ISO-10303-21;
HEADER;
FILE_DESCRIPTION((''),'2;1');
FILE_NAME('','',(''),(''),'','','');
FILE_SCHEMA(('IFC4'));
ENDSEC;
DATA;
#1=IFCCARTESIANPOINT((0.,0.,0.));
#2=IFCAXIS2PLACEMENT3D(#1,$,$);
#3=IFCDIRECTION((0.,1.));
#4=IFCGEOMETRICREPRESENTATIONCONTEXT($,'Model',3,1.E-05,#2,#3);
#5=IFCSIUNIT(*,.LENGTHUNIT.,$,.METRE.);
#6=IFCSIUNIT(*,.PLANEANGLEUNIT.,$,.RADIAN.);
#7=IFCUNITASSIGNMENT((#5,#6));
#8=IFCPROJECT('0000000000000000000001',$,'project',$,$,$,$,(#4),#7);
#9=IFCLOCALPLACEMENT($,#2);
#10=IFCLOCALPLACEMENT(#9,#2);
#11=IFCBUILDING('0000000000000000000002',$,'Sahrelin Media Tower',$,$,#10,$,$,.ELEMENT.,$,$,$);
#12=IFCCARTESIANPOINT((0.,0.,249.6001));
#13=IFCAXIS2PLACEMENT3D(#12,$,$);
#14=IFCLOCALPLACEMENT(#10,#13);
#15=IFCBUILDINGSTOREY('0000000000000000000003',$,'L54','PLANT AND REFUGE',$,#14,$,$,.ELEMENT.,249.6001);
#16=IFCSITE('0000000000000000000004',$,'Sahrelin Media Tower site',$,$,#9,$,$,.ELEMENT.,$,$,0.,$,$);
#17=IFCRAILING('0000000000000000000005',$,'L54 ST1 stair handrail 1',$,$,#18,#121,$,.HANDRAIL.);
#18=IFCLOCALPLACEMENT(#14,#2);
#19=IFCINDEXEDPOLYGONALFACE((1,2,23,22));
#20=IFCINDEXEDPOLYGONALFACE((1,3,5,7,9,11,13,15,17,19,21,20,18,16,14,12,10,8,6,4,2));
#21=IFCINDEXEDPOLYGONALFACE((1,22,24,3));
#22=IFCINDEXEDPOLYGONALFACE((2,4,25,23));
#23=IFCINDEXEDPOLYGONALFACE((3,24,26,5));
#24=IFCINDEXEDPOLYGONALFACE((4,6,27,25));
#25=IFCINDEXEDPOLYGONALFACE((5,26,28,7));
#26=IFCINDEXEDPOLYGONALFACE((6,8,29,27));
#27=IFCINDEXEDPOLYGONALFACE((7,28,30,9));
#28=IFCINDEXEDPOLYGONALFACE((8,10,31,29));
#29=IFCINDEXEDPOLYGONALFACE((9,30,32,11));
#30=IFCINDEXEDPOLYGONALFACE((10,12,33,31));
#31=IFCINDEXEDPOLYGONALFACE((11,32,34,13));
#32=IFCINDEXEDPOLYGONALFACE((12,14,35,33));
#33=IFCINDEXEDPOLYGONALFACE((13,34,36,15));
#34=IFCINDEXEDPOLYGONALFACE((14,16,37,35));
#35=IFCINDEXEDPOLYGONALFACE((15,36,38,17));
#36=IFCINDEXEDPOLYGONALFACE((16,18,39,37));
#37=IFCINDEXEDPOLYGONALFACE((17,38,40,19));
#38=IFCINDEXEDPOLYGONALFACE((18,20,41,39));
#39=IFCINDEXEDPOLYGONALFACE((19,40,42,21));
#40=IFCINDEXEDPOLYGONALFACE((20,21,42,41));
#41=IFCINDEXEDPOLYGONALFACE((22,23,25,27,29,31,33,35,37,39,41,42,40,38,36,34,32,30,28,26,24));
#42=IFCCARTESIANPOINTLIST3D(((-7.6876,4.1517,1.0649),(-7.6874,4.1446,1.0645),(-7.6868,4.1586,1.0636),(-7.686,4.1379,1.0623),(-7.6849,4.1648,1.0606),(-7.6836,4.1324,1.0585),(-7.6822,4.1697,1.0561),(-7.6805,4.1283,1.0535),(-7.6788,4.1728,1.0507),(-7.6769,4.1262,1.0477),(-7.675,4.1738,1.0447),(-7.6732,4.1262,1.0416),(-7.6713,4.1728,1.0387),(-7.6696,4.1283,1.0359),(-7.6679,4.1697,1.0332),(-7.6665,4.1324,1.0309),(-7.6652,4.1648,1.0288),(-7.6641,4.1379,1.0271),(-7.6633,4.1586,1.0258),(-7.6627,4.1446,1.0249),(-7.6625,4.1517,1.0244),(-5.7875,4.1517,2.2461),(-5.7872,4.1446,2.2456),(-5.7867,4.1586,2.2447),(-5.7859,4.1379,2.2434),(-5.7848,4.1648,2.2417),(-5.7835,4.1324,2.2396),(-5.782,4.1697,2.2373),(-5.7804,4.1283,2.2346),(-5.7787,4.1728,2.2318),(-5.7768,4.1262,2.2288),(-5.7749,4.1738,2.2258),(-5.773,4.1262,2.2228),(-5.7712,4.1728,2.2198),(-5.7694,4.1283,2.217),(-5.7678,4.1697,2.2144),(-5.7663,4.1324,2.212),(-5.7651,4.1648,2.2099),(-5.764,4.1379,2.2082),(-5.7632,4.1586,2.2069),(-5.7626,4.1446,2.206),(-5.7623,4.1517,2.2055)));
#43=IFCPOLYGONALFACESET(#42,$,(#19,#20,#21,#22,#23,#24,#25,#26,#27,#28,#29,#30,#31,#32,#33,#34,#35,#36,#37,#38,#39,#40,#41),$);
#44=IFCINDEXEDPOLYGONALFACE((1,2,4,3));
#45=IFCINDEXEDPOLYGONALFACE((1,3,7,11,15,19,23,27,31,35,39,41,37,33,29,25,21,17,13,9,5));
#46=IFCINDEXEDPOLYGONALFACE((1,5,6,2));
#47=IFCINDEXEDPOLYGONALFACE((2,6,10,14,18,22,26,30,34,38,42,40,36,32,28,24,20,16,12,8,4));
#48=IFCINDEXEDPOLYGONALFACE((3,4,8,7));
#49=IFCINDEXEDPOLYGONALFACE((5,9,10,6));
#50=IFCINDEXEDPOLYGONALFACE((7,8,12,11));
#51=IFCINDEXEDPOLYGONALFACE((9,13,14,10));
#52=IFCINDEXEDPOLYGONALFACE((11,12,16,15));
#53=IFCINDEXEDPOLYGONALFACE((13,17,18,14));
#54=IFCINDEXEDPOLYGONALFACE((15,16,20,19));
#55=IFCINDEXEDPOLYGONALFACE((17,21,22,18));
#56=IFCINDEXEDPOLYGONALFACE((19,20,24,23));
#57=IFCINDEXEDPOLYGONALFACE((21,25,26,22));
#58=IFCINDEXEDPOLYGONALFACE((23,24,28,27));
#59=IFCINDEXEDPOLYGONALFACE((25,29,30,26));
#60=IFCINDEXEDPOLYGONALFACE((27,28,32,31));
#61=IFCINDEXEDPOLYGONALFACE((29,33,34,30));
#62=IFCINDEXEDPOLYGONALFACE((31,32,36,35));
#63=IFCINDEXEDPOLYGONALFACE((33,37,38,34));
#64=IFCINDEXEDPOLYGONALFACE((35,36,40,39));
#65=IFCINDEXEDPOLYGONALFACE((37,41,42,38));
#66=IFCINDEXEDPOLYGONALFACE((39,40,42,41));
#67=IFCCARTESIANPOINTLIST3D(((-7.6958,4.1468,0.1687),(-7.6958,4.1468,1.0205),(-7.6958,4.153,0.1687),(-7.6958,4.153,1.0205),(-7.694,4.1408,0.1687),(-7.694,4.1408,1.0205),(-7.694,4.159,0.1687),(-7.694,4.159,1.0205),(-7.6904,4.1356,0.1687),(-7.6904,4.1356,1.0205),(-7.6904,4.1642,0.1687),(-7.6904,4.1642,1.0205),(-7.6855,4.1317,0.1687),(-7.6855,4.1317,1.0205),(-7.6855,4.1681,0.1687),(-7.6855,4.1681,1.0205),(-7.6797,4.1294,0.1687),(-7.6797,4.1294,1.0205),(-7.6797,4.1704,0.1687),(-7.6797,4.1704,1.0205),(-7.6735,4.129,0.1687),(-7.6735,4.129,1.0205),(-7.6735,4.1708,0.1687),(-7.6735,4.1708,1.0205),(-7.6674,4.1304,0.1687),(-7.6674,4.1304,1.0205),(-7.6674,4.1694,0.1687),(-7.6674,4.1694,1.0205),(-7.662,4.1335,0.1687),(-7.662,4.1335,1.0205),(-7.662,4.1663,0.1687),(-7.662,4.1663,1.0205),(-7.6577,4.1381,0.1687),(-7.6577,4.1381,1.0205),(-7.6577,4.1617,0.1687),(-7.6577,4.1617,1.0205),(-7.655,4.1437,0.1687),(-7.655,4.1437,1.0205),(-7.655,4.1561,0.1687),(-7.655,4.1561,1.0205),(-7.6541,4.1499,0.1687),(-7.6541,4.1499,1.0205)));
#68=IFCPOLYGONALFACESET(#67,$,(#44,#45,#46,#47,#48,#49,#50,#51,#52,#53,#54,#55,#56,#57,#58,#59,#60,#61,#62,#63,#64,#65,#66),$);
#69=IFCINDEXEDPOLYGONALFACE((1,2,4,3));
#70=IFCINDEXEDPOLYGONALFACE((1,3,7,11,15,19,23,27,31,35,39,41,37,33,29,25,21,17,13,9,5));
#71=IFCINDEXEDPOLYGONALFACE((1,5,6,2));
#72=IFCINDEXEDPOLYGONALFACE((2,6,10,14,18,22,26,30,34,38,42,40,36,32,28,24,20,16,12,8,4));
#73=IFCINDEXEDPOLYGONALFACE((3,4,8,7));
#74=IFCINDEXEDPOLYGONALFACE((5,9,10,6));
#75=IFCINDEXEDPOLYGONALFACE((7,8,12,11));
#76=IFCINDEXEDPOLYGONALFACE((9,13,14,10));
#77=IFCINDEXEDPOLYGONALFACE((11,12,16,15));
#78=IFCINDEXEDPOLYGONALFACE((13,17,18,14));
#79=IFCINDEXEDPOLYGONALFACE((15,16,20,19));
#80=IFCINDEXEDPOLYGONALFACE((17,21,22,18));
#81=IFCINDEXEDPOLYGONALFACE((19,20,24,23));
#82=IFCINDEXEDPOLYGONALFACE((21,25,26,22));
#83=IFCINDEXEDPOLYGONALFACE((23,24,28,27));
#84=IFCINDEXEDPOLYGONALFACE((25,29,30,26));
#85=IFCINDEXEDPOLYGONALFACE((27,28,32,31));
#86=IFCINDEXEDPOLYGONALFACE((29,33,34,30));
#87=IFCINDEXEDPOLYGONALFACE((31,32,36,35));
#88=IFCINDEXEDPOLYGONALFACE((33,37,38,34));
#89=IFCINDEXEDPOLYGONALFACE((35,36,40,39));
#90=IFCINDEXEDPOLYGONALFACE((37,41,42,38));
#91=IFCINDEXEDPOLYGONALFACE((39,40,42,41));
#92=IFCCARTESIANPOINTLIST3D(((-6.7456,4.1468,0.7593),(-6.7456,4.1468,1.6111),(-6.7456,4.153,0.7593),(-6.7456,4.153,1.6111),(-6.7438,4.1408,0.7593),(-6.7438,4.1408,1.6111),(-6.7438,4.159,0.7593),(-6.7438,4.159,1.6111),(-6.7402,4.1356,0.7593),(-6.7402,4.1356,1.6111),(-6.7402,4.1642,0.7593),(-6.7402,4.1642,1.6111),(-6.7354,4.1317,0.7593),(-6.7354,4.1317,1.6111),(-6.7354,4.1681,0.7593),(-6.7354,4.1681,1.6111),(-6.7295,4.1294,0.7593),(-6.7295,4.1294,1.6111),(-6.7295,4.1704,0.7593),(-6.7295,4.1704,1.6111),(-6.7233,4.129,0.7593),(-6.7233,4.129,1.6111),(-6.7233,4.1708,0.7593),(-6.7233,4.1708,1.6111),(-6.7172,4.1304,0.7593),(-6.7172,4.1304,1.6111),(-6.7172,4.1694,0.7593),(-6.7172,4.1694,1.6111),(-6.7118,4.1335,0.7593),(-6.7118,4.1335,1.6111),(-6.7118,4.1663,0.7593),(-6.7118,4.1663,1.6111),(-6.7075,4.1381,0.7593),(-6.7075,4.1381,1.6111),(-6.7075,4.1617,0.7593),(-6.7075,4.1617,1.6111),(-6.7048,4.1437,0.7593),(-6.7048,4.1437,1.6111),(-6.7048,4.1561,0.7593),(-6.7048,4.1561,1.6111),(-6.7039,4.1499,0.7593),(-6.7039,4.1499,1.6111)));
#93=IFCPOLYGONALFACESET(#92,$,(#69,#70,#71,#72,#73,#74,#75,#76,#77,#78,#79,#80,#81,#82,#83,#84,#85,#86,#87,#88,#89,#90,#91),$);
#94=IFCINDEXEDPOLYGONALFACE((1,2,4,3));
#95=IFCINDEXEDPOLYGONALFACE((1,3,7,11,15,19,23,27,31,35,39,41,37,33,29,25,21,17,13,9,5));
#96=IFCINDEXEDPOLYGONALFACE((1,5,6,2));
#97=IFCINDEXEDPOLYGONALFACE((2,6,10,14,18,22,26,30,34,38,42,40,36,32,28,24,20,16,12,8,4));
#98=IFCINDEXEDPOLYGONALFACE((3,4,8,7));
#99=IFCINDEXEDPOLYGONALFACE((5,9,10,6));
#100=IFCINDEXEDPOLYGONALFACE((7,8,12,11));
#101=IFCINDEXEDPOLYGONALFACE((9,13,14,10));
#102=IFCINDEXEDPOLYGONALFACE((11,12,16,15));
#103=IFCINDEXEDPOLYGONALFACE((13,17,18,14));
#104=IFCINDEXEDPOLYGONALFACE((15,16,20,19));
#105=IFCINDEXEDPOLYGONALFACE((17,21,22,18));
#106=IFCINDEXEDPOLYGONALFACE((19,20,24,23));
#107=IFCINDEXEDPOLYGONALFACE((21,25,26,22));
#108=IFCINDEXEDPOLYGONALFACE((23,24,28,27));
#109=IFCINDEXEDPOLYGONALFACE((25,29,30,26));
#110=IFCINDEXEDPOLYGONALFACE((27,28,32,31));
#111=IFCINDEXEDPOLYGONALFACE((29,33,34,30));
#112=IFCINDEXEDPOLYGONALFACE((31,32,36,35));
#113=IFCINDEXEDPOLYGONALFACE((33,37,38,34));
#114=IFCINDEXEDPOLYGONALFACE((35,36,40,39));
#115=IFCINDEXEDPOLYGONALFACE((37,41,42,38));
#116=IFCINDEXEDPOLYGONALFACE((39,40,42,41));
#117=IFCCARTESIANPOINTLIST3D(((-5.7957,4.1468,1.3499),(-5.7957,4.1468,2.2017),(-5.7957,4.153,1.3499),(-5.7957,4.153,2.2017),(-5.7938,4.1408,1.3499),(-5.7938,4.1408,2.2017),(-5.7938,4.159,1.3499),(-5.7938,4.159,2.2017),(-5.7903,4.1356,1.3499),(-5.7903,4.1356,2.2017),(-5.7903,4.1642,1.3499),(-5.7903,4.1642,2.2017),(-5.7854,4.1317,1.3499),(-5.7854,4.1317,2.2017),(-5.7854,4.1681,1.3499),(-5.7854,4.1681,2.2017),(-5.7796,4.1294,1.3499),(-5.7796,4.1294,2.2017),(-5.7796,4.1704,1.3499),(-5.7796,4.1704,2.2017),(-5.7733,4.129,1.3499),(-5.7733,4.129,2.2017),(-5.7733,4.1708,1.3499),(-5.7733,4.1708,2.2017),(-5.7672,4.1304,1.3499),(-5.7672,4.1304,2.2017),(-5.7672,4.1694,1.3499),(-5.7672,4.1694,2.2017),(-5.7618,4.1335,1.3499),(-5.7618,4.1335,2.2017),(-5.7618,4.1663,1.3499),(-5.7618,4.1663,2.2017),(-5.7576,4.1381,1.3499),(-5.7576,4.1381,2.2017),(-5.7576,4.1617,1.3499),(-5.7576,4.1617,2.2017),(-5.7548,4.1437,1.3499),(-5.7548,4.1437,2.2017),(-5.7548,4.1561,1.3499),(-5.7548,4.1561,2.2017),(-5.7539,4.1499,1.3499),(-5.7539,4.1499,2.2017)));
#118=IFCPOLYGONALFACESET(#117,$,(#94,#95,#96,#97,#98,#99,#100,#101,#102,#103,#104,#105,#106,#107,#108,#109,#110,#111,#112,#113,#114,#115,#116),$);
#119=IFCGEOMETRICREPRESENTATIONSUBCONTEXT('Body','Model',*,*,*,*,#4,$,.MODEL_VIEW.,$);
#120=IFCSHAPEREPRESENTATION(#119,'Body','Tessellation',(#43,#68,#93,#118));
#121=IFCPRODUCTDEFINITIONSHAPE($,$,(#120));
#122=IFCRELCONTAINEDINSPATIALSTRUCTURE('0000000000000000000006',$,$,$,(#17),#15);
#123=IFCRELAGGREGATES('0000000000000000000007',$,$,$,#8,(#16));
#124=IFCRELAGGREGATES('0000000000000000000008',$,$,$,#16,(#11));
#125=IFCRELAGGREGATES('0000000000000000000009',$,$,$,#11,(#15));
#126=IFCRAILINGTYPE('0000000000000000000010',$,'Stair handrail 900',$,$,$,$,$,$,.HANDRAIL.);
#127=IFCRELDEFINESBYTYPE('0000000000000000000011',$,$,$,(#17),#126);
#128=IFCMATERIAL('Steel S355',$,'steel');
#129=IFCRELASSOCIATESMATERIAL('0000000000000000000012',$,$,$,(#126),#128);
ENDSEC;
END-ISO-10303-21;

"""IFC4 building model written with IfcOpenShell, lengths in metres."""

from ifc_helpers import new_model, si_unit, direction, frame, origin, origin_2d, place, context, subcontext, project, spatial, circle, extrude, material, type_object, element, save


model = new_model("IFC4")

# Units and contexts
model_context = context("Model", 3, precision=1e-05, world=origin(), true_north=direction((0.0, 1.0)))
body_context = subcontext(model_context, "Body", "Model", "MODEL_VIEW")
ifc_project = project(units=[si_unit("LENGTHUNIT", "METRE"), si_unit("PLANEANGLEUNIT", "RADIAN")], contexts=[model_context])

# Site, building, storey
site_placement = place(None, origin())
site = spatial("IfcSite", under=ifc_project, at=site_placement, Name="Sahrelin Media Tower site", CompositionType="ELEMENT", RefElevation=0.0)
building_placement = place(site_placement, origin())
building = spatial("IfcBuilding", under=site, at=building_placement, Name="Sahrelin Media Tower", CompositionType="ELEMENT")
storey_placement = place(building_placement, frame((0.0, 0.0, 249.6001)))
storey = spatial("IfcBuildingStorey", under=building, at=storey_placement, Name="L54", Description="PLANT AND REFUGE", CompositionType="ELEMENT", Elevation=249.6001)

# Railing
ifc_material_1 = material(Name="Steel S355", Category="steel")
railing_type_1 = type_object("IfcRailingType", Name="Stair handrail 900", PredefinedType="HANDRAIL", material=ifc_material_1)
railing_1_placement = place(storey_placement, frame((-7.675, 4.1499, 0.1687)))
element("IfcRailing", 1, at=railing_1_placement, inside=storey, type_object=railing_type_1, Name="L54 ST1 stair handrail 1", PredefinedType="HANDRAIL", context=body_context, shape_type="SweptSolid", body=[
    extrude(circle(Radius=0.0239, at=origin_2d()), frame((0.0, 0.0, 0.876), z_axis=(0.849289, 0.0, 0.527928), x_axis=(0.0, 1.0, 0.0)), (0.0, 0.0, 1.0), 2.2373),
    extrude(circle(Radius=0.021, at=origin_2d()), origin(), (0.0, 0.0, 1.0), 0.8518),
    extrude(circle(Radius=0.021, at=origin_2d()), frame((0.9502, 0.0, 0.5906)), (0.0, 0.0, 1.0), 0.8518),
    extrude(circle(Radius=0.021, at=origin_2d()), frame((1.9001, 0.0, 1.1812)), (0.0, 0.0, 1.0), 0.8518),
])

save(model, "model.ifc")
